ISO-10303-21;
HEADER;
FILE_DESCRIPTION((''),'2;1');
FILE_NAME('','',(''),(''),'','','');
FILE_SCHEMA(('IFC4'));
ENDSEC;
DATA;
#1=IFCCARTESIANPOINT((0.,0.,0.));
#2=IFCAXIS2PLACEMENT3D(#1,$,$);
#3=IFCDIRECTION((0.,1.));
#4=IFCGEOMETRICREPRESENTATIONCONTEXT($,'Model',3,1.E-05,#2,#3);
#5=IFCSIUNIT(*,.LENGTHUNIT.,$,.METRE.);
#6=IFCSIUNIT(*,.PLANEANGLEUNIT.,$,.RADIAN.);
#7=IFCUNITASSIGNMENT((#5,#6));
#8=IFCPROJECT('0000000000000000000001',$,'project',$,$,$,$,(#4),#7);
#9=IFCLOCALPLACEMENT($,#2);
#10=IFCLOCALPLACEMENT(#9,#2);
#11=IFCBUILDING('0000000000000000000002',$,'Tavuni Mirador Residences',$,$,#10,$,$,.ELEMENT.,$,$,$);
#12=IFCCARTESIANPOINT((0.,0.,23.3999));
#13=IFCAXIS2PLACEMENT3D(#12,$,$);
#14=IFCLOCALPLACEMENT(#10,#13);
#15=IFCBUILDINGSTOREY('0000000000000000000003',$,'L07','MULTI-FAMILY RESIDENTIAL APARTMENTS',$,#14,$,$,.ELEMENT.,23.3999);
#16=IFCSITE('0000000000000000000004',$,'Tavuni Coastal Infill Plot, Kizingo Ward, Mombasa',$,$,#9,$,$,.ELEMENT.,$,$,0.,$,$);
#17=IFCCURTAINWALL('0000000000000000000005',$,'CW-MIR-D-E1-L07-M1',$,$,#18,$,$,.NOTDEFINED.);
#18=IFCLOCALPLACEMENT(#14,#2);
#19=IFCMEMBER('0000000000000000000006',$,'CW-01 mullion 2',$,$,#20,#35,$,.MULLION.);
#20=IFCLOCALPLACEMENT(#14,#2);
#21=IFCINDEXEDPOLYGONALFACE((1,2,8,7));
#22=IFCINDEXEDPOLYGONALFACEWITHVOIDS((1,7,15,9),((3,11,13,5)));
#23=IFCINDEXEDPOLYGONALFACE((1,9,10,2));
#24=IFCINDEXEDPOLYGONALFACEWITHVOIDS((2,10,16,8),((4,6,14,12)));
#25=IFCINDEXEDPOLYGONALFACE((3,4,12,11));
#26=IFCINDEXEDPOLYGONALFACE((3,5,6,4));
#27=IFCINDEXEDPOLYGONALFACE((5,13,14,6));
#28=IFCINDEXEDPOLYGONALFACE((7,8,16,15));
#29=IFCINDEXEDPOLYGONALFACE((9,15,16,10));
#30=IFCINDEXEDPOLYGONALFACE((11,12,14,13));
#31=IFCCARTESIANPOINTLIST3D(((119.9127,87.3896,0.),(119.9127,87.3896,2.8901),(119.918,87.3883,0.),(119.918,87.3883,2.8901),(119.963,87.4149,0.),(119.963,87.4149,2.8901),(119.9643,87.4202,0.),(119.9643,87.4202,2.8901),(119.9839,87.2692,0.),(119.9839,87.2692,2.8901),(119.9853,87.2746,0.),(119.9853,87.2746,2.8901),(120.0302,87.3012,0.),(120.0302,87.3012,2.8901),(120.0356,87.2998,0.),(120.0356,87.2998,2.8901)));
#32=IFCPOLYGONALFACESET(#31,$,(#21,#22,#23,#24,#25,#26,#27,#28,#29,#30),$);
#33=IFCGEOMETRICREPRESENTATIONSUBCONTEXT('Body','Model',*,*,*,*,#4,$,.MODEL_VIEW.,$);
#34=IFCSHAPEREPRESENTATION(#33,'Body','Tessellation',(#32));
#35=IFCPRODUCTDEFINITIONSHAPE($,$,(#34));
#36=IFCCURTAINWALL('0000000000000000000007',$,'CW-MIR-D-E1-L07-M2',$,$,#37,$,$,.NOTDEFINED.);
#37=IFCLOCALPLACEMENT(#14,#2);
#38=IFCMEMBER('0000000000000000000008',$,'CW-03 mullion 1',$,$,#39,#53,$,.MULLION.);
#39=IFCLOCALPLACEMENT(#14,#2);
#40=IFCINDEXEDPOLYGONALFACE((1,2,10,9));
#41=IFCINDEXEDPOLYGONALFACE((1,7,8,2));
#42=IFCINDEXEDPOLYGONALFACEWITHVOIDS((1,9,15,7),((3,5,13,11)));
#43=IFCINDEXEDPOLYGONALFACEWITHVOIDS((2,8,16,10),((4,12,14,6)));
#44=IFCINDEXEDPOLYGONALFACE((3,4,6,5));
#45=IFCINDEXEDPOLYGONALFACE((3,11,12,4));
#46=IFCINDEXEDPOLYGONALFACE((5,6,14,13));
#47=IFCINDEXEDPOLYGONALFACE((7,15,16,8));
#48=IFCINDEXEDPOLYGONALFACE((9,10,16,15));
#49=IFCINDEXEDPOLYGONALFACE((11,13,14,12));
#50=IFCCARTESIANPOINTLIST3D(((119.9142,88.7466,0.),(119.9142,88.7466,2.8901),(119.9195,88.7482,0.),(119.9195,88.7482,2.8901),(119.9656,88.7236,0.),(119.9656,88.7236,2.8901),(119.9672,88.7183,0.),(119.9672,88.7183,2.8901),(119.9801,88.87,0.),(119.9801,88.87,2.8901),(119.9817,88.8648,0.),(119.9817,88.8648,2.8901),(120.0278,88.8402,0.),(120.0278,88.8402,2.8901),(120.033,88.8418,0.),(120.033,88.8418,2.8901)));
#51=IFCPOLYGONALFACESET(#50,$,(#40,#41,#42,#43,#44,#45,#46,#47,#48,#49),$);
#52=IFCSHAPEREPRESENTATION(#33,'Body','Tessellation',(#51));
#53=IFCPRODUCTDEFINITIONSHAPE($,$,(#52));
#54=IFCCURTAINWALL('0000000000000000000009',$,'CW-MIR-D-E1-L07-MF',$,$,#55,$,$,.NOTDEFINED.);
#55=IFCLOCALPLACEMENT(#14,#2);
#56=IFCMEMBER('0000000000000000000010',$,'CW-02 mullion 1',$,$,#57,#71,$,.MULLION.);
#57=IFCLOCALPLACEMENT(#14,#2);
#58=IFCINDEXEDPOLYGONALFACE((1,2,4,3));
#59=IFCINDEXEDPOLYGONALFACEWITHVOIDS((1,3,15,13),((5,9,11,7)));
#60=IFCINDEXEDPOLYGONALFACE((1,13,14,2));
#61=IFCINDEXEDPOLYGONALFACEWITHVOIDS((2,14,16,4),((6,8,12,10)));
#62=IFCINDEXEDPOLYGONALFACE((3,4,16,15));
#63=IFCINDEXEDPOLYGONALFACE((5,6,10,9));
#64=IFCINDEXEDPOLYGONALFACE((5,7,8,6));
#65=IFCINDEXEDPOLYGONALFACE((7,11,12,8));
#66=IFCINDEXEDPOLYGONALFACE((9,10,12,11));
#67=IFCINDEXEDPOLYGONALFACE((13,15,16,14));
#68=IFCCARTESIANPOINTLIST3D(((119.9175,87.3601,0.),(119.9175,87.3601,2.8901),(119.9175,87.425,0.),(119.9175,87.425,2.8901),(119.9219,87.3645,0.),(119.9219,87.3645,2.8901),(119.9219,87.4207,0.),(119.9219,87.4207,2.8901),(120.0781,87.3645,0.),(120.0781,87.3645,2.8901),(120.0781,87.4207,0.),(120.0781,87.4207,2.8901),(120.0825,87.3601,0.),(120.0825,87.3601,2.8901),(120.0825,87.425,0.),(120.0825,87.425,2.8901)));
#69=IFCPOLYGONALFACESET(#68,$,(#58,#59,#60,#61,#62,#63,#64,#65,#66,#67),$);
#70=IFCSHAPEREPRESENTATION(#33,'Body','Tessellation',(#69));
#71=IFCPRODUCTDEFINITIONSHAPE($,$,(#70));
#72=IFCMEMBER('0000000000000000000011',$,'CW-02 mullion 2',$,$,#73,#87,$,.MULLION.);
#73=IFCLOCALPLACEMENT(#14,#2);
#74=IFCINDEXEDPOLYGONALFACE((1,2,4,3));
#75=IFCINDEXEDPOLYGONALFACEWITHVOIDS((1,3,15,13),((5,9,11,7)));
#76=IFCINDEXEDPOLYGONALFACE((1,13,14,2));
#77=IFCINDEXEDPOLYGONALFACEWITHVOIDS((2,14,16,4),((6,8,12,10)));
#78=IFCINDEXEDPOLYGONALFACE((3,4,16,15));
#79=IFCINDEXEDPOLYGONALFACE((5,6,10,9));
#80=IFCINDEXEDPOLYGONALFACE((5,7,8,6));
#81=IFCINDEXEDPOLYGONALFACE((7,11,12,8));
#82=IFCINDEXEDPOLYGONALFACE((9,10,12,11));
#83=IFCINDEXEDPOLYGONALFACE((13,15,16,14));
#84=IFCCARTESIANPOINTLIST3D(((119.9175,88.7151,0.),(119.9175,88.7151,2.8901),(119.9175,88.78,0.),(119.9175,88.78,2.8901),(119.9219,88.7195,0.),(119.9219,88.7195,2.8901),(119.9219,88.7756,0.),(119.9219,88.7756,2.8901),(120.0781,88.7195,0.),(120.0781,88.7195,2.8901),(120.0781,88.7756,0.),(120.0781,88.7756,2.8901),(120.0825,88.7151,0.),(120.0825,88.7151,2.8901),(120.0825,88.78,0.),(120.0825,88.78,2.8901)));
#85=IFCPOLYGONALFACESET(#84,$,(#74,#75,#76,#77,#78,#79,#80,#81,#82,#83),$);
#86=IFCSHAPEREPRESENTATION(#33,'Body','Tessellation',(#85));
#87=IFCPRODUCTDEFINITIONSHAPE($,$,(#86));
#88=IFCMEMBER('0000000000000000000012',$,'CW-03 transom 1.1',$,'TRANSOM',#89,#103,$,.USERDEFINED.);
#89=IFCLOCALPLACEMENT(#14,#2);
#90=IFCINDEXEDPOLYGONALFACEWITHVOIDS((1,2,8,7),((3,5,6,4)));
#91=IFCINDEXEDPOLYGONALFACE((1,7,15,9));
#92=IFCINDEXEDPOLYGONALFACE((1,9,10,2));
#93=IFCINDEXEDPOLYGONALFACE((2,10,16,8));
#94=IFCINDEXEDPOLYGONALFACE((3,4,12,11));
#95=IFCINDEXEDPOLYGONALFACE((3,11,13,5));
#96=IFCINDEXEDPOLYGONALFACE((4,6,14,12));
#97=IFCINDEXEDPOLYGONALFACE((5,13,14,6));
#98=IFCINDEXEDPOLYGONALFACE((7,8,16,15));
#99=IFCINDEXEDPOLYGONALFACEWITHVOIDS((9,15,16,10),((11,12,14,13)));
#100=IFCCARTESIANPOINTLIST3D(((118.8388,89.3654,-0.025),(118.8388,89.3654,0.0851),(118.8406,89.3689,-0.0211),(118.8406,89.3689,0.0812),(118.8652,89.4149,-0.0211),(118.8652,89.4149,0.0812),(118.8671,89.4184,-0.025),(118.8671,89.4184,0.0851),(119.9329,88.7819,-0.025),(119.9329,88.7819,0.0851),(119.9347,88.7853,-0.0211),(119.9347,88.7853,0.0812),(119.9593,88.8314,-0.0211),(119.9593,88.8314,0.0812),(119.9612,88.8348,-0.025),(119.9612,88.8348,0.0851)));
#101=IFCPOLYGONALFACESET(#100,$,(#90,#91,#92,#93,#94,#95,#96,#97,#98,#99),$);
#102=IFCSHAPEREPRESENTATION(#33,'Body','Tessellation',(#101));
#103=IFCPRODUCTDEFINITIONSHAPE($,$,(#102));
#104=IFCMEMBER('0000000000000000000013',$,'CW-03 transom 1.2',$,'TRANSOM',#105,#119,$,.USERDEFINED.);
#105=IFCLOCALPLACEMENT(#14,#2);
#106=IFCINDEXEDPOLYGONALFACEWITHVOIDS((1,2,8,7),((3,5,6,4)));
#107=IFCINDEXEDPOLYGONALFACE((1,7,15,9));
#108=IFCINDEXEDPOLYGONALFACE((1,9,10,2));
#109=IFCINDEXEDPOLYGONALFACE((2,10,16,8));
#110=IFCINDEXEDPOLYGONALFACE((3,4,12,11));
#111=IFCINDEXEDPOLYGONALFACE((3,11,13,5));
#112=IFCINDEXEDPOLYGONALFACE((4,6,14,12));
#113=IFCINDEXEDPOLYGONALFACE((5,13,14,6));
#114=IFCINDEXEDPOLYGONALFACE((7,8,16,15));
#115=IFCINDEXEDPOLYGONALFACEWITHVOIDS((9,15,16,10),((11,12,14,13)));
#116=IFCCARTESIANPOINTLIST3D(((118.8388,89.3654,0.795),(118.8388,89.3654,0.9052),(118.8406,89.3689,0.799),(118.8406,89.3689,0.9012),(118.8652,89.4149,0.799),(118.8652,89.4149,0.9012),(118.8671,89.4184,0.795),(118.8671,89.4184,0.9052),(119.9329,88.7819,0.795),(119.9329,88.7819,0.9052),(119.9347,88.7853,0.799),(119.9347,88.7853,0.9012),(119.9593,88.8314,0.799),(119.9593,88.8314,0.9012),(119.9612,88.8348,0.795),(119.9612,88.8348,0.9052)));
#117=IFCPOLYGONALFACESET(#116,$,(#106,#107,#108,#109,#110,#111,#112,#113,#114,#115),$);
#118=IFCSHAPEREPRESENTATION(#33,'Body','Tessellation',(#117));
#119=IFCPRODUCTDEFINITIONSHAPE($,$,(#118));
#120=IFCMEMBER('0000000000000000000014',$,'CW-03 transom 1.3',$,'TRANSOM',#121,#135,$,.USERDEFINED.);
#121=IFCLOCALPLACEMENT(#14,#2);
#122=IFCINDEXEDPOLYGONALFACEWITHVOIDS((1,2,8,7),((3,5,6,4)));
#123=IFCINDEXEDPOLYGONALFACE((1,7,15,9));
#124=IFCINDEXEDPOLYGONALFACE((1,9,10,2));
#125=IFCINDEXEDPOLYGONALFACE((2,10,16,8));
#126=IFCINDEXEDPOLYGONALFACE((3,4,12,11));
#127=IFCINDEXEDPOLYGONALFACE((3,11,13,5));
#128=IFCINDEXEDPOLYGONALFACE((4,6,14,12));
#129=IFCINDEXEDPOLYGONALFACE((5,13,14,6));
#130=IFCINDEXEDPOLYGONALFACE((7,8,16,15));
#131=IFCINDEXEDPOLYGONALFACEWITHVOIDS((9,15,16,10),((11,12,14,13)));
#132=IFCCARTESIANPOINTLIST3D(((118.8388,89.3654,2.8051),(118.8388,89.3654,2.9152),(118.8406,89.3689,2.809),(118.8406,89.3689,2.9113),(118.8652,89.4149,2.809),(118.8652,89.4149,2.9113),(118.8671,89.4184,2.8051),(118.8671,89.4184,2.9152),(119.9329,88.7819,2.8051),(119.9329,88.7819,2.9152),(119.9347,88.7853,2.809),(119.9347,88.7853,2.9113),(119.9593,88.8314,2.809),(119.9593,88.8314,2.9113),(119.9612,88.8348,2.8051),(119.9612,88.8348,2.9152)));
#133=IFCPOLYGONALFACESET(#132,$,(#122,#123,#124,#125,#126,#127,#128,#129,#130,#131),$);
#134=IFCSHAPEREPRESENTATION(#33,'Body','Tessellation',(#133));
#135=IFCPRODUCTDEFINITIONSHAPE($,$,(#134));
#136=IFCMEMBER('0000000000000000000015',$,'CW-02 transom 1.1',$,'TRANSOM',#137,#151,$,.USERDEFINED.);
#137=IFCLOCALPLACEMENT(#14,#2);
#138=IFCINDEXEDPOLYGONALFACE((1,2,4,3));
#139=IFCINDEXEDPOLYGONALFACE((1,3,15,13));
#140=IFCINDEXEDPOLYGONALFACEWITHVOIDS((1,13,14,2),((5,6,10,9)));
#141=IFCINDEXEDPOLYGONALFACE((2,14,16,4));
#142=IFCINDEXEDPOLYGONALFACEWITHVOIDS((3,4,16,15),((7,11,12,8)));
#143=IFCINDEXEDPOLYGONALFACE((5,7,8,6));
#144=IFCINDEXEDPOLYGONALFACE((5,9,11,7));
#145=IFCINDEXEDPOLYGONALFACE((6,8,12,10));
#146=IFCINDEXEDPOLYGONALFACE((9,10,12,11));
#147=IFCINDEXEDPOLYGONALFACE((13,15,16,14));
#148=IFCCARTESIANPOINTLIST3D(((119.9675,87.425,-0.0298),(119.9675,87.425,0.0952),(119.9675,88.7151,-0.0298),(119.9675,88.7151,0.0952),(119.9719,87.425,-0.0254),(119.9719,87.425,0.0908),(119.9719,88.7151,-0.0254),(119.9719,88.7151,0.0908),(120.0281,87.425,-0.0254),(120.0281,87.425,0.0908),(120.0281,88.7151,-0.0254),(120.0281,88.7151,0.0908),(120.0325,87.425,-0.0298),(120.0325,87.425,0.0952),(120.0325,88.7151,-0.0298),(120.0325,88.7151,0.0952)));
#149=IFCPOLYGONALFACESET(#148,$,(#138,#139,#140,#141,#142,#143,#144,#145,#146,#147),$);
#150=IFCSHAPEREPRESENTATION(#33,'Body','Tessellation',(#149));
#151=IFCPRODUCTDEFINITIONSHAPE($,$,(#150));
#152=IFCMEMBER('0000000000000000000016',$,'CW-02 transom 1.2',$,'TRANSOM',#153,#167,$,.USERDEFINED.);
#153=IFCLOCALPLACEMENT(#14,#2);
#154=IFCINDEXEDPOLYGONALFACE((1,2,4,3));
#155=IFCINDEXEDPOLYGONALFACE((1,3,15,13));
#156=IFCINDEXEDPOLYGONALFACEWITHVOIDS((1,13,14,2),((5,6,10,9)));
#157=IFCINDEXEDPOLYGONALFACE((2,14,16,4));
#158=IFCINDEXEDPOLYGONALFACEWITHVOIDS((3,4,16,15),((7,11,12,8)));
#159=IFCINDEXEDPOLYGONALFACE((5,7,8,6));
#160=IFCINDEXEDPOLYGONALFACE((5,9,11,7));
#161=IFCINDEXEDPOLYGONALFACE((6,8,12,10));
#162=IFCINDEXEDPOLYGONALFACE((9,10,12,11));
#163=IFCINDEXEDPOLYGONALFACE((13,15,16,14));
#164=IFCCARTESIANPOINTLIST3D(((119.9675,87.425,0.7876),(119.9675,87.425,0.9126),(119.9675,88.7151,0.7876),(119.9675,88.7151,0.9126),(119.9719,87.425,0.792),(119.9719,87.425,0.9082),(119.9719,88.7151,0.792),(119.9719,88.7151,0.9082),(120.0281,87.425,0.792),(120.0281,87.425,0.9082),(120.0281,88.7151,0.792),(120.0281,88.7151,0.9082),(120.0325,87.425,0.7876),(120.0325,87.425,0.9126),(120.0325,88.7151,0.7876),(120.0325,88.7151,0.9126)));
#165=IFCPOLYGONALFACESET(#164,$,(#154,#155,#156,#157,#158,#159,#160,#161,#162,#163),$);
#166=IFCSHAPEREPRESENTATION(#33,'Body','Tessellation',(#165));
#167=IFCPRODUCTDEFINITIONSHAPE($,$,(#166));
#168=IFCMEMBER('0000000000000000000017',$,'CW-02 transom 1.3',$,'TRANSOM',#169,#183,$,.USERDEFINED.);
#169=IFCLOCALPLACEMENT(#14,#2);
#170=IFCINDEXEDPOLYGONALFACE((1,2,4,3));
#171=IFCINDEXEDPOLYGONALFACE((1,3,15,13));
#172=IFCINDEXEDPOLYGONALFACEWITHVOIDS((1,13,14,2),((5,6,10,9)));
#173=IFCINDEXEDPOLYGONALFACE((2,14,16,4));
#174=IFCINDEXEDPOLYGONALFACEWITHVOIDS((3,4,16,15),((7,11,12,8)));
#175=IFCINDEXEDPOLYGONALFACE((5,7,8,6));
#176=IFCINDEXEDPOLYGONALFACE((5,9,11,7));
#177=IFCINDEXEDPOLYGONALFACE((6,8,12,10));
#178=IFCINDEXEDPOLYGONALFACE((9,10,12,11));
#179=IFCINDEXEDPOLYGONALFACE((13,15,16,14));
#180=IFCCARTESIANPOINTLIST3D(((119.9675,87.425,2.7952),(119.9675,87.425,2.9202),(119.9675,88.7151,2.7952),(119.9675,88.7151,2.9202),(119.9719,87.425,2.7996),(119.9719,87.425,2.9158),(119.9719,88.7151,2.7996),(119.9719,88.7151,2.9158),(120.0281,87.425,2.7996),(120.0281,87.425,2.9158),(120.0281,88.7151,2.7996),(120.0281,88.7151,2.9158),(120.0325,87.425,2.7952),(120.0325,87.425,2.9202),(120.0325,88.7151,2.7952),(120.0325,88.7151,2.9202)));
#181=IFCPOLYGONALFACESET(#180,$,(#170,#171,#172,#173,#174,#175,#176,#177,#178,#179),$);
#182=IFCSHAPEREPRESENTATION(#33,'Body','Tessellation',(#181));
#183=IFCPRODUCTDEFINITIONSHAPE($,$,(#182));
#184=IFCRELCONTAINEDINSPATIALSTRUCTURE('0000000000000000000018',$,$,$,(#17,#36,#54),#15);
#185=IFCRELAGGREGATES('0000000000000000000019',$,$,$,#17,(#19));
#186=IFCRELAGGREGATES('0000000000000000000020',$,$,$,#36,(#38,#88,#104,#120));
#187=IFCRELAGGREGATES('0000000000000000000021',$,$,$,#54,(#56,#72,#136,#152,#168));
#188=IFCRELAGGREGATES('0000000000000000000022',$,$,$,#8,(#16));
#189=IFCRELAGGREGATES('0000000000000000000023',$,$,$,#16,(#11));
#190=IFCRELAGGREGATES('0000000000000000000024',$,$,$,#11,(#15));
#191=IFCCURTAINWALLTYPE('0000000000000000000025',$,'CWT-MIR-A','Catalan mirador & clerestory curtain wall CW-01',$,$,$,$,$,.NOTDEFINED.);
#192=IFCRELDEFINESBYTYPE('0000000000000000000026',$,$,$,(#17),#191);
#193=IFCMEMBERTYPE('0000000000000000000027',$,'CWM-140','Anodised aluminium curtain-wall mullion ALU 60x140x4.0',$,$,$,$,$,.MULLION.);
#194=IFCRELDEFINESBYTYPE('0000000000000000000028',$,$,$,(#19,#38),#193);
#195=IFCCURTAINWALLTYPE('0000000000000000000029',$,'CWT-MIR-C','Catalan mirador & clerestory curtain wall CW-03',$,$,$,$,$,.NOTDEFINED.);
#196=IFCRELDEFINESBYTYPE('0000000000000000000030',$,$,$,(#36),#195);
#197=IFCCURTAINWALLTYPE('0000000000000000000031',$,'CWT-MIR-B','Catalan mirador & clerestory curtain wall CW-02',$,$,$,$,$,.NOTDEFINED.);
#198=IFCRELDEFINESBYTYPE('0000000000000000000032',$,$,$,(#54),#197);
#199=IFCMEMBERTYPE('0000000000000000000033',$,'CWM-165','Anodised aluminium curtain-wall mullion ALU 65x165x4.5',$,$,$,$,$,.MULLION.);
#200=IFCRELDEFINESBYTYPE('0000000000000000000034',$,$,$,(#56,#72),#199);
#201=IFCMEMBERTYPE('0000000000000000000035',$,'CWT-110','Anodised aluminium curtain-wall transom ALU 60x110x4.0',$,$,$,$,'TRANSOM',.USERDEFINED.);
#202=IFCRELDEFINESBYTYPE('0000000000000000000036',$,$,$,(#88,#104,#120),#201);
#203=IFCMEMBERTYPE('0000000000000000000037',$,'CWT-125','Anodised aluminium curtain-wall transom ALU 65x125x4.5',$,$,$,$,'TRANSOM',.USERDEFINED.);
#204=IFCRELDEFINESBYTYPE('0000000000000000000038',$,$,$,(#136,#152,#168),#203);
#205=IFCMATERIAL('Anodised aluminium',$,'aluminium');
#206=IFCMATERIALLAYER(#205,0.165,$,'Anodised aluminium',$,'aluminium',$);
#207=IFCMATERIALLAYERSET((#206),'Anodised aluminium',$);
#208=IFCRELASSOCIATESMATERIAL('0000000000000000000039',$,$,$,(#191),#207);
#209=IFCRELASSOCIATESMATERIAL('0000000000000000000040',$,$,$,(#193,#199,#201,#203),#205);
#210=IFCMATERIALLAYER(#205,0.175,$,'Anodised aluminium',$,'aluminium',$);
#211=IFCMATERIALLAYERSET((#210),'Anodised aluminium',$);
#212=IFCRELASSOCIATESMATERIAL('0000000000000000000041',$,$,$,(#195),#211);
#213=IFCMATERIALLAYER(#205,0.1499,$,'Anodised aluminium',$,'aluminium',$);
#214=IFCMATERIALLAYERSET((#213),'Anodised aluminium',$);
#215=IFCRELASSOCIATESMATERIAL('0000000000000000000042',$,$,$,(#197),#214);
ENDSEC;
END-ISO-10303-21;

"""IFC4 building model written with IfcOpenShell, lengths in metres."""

from ifc_helpers import new_model, si_unit, direction, frame, origin, origin_2d, place, context, subcontext, project, spatial, hollow_rectangle, extrude, material, layer, layer_set, material_profile, profile_set, type_object, element, aggregate, save


model = new_model("IFC4")

# Units and contexts
model_context = context("Model", 3, precision=1e-05, world=origin(), true_north=direction((0.0, 1.0)))
body_context = subcontext(model_context, "Body", "Model", "MODEL_VIEW")
ifc_project = project(units=[si_unit("LENGTHUNIT", "METRE"), si_unit("PLANEANGLEUNIT", "RADIAN")], contexts=[model_context])

# Site, building, storey
site_placement = place(None, origin())
site = spatial("IfcSite", under=ifc_project, at=site_placement, Name="Tavuni Coastal Infill Plot, Kizingo Ward, Mombasa", CompositionType="ELEMENT", RefElevation=0.0)
building_placement = place(site_placement, origin())
building = spatial("IfcBuilding", under=site, at=building_placement, Name="Tavuni Mirador Residences", CompositionType="ELEMENT")
storey_placement = place(building_placement, frame((0.0, 0.0, 23.3999)))
storey = spatial("IfcBuildingStorey", under=building, at=storey_placement, Name="L07", Description="MULTI-FAMILY RESIDENTIAL APARTMENTS", CompositionType="ELEMENT", Elevation=23.3999)

# Curtain walls, members
ifc_material_1 = material(Name="Anodised aluminium", Category="aluminium")
ifc_layer_1 = layer(ifc_material_1, 0.165, Name="Anodised aluminium", Category="aluminium")
ifc_layer_set_1 = layer_set([ifc_layer_1], Name="Anodised aluminium")
curtain_wall_type_1 = type_object("IfcCurtainWallType", Name="CWT-MIR-A", Description="Catalan mirador & clerestory curtain wall CW-01", PredefinedType="NOTDEFINED", material=ifc_layer_set_1)
curtain_wall_1_placement = place(storey_placement, origin())
curtain_wall_1 = element("IfcCurtainWall", 1, at=curtain_wall_1_placement, inside=storey, type_object=curtain_wall_type_1, Name="CW-MIR-D-E1-L07-M1", PredefinedType="NOTDEFINED")
ifc_material_profile_1 = material_profile(ifc_material_1, hollow_rectangle(XDim=0.0601, YDim=0.1399, WallThickness=0.0039, at=origin_2d()), Name="ALU 60x140x4.0", Category="aluminium")
ifc_profile_set_1 = profile_set([ifc_material_profile_1], Name="Anodised aluminium")
member_type_1 = type_object("IfcMemberType", Name="CWM-140", Description="Anodised aluminium curtain-wall mullion ALU 60x140x4.0", PredefinedType="MULLION", material=ifc_profile_set_1)
member_1_placement = place(storey_placement, frame((119.9741, 87.3447, 0.0), z_axis=(0.0, 0.0, 1.0), x_axis=(0.860641, 0.509212, 0.0)))
member_1 = element("IfcMember", 2, at=member_1_placement, type_object=member_type_1, Name="CW-01 mullion 2", PredefinedType="MULLION", context=body_context, shape_type="SweptSolid", body=[
    extrude(hollow_rectangle(XDim=0.0601, YDim=0.1399, WallThickness=0.0039, at=origin_2d()), origin(), (0.0, 0.0, 1.0), 2.8901),
])
ifc_layer_2 = layer(ifc_material_1, 0.175, Name="Anodised aluminium", Category="aluminium")
ifc_layer_set_2 = layer_set([ifc_layer_2], Name="Anodised aluminium")
curtain_wall_type_2 = type_object("IfcCurtainWallType", Name="CWT-MIR-C", Description="Catalan mirador & clerestory curtain wall CW-03", PredefinedType="NOTDEFINED", material=ifc_layer_set_2)
curtain_wall_2_placement = place(storey_placement, origin())
curtain_wall_2 = element("IfcCurtainWall", 3, at=curtain_wall_2_placement, inside=storey, type_object=curtain_wall_type_2, Name="CW-MIR-D-E1-L07-M2", PredefinedType="NOTDEFINED")
member_2_placement = place(storey_placement, frame((119.9736, 88.7942, 0.0), z_axis=(0.0, 0.0, 1.0), x_axis=(-0.882353, 0.470588, 0.0)))
member_2 = element("IfcMember", 4, at=member_2_placement, type_object=member_type_1, Name="CW-03 mullion 1", PredefinedType="MULLION", context=body_context, shape_type="SweptSolid", body=[
    extrude(hollow_rectangle(XDim=0.0601, YDim=0.1399, WallThickness=0.0039, at=origin_2d()), origin(), (0.0, 0.0, 1.0), 2.8901),
])

# Curtain wall, members
ifc_layer_3 = layer(ifc_material_1, 0.1499, Name="Anodised aluminium", Category="aluminium")
ifc_layer_set_3 = layer_set([ifc_layer_3], Name="Anodised aluminium")
curtain_wall_type_3 = type_object("IfcCurtainWallType", Name="CWT-MIR-B", Description="Catalan mirador & clerestory curtain wall CW-02", PredefinedType="NOTDEFINED", material=ifc_layer_set_3)
curtain_wall_3_placement = place(storey_placement, origin())
curtain_wall_3 = element("IfcCurtainWall", 5, at=curtain_wall_3_placement, inside=storey, type_object=curtain_wall_type_3, Name="CW-MIR-D-E1-L07-MF", PredefinedType="NOTDEFINED")
ifc_material_profile_2 = material_profile(ifc_material_1, hollow_rectangle(XDim=0.0649, YDim=0.165, WallThickness=0.0044, at=origin_2d()), Name="ALU 65x165x4.5", Category="aluminium")
ifc_profile_set_2 = profile_set([ifc_material_profile_2], Name="Anodised aluminium")
member_type_2 = type_object("IfcMemberType", Name="CWM-165", Description="Anodised aluminium curtain-wall mullion ALU 65x165x4.5", PredefinedType="MULLION", material=ifc_profile_set_2)
member_3_placement = place(storey_placement, frame((120.0, 87.3926, 0.0), z_axis=(0.0, 0.0, 1.0), x_axis=(0.0, 1.0, 0.0)))
member_3 = element("IfcMember", 6, at=member_3_placement, type_object=member_type_2, Name="CW-02 mullion 1", PredefinedType="MULLION", context=body_context, shape_type="SweptSolid", body=[
    extrude(hollow_rectangle(XDim=0.0649, YDim=0.165, WallThickness=0.0044, at=origin_2d()), origin(), (0.0, 0.0, 1.0), 2.8901),
])
member_4_placement = place(storey_placement, frame((120.0, 88.7476, 0.0), z_axis=(0.0, 0.0, 1.0), x_axis=(0.0, 1.0, 0.0)))
member_4 = element("IfcMember", 7, at=member_4_placement, type_object=member_type_2, Name="CW-02 mullion 2", PredefinedType="MULLION", context=body_context, shape_type="SweptSolid", body=[
    extrude(hollow_rectangle(XDim=0.0649, YDim=0.165, WallThickness=0.0044, at=origin_2d()), origin(), (0.0, 0.0, 1.0), 2.8901),
])

# Members
ifc_material_profile_3 = material_profile(ifc_material_1, hollow_rectangle(XDim=0.0601, YDim=0.1101, WallThickness=0.0039, at=origin_2d()), Name="ALU 60x110x4.0", Category="aluminium")
ifc_profile_set_3 = profile_set([ifc_material_profile_3], Name="Anodised aluminium")
member_type_3 = type_object("IfcMemberType", Name="CWT-110", Description="Anodised aluminium curtain-wall transom ALU 60x110x4.0", ElementType="TRANSOM", PredefinedType="USERDEFINED", material=ifc_profile_set_3)
member_5_placement = place(storey_placement, frame((119.947, 88.8083, 0.03), z_axis=(-0.882342, 0.470609, 0.0), x_axis=(-0.470609, -0.882342, 0.0)))
member_5 = element("IfcMember", 8, at=member_5_placement, type_object=member_type_3, Name="CW-03 transom 1.1", ObjectType="TRANSOM", PredefinedType="USERDEFINED", context=body_context, shape_type="SweptSolid", body=[
    extrude(hollow_rectangle(XDim=0.0601, YDim=0.1101, WallThickness=0.0039, at=origin_2d()), origin(), (0.0, 0.0, 1.0), 1.24),
])
member_6_placement = place(storey_placement, frame((119.947, 88.8083, 0.8501), z_axis=(-0.882342, 0.470609, 0.0), x_axis=(-0.470609, -0.882342, 0.0)))
member_6 = element("IfcMember", 9, at=member_6_placement, type_object=member_type_3, Name="CW-03 transom 1.2", ObjectType="TRANSOM", PredefinedType="USERDEFINED", context=body_context, shape_type="SweptSolid", body=[
    extrude(hollow_rectangle(XDim=0.0601, YDim=0.1101, WallThickness=0.0039, at=origin_2d()), origin(), (0.0, 0.0, 1.0), 1.24),
])
member_7_placement = place(storey_placement, frame((119.947, 88.8083, 2.8601), z_axis=(-0.882342, 0.470609, 0.0), x_axis=(-0.470609, -0.882342, 0.0)))
member_7 = element("IfcMember", 10, at=member_7_placement, type_object=member_type_3, Name="CW-03 transom 1.3", ObjectType="TRANSOM", PredefinedType="USERDEFINED", context=body_context, shape_type="SweptSolid", body=[
    extrude(hollow_rectangle(XDim=0.0601, YDim=0.1101, WallThickness=0.0039, at=origin_2d()), origin(), (0.0, 0.0, 1.0), 1.24),
])
ifc_material_profile_4 = material_profile(ifc_material_1, hollow_rectangle(XDim=0.0649, YDim=0.125, WallThickness=0.0044, at=origin_2d()), Name="ALU 65x125x4.5", Category="aluminium")
ifc_profile_set_4 = profile_set([ifc_material_profile_4], Name="Anodised aluminium")
member_type_4 = type_object("IfcMemberType", Name="CWT-125", Description="Anodised aluminium curtain-wall transom ALU 65x125x4.5", ElementType="TRANSOM", PredefinedType="USERDEFINED", material=ifc_profile_set_4)
member_8_placement = place(storey_placement, frame((120.0, 87.425, 0.0327), z_axis=(0.0, 1.0, 0.0), x_axis=(-1.0, 0.0, 0.0)))
member_8 = element("IfcMember", 11, at=member_8_placement, type_object=member_type_4, Name="CW-02 transom 1.1", ObjectType="TRANSOM", PredefinedType="USERDEFINED", context=body_context, shape_type="SweptSolid", body=[
    extrude(hollow_rectangle(XDim=0.0649, YDim=0.125, WallThickness=0.0044, at=origin_2d()), origin(), (0.0, 0.0, 1.0), 1.29),
])
member_9_placement = place(storey_placement, frame((120.0, 87.425, 0.8501), z_axis=(0.0, 1.0, 0.0), x_axis=(-1.0, 0.0, 0.0)))
member_9 = element("IfcMember", 12, at=member_9_placement, type_object=member_type_4, Name="CW-02 transom 1.2", ObjectType="TRANSOM", PredefinedType="USERDEFINED", context=body_context, shape_type="SweptSolid", body=[
    extrude(hollow_rectangle(XDim=0.0649, YDim=0.125, WallThickness=0.0044, at=origin_2d()), origin(), (0.0, 0.0, 1.0), 1.29),
])
member_10_placement = place(storey_placement, frame((120.0, 87.425, 2.8577), z_axis=(0.0, 1.0, 0.0), x_axis=(-1.0, 0.0, 0.0)))
member_10 = element("IfcMember", 13, at=member_10_placement, type_object=member_type_4, Name="CW-02 transom 1.3", ObjectType="TRANSOM", PredefinedType="USERDEFINED", context=body_context, shape_type="SweptSolid", body=[
    extrude(hollow_rectangle(XDim=0.0649, YDim=0.125, WallThickness=0.0044, at=origin_2d()), origin(), (0.0, 0.0, 1.0), 1.29),
])

aggregate(curtain_wall_1, [member_1])
aggregate(curtain_wall_2, [member_2, member_5, member_6, member_7])
aggregate(curtain_wall_3, [member_3, member_4, member_8, member_9, member_10])

save(model, "model.ifc")
